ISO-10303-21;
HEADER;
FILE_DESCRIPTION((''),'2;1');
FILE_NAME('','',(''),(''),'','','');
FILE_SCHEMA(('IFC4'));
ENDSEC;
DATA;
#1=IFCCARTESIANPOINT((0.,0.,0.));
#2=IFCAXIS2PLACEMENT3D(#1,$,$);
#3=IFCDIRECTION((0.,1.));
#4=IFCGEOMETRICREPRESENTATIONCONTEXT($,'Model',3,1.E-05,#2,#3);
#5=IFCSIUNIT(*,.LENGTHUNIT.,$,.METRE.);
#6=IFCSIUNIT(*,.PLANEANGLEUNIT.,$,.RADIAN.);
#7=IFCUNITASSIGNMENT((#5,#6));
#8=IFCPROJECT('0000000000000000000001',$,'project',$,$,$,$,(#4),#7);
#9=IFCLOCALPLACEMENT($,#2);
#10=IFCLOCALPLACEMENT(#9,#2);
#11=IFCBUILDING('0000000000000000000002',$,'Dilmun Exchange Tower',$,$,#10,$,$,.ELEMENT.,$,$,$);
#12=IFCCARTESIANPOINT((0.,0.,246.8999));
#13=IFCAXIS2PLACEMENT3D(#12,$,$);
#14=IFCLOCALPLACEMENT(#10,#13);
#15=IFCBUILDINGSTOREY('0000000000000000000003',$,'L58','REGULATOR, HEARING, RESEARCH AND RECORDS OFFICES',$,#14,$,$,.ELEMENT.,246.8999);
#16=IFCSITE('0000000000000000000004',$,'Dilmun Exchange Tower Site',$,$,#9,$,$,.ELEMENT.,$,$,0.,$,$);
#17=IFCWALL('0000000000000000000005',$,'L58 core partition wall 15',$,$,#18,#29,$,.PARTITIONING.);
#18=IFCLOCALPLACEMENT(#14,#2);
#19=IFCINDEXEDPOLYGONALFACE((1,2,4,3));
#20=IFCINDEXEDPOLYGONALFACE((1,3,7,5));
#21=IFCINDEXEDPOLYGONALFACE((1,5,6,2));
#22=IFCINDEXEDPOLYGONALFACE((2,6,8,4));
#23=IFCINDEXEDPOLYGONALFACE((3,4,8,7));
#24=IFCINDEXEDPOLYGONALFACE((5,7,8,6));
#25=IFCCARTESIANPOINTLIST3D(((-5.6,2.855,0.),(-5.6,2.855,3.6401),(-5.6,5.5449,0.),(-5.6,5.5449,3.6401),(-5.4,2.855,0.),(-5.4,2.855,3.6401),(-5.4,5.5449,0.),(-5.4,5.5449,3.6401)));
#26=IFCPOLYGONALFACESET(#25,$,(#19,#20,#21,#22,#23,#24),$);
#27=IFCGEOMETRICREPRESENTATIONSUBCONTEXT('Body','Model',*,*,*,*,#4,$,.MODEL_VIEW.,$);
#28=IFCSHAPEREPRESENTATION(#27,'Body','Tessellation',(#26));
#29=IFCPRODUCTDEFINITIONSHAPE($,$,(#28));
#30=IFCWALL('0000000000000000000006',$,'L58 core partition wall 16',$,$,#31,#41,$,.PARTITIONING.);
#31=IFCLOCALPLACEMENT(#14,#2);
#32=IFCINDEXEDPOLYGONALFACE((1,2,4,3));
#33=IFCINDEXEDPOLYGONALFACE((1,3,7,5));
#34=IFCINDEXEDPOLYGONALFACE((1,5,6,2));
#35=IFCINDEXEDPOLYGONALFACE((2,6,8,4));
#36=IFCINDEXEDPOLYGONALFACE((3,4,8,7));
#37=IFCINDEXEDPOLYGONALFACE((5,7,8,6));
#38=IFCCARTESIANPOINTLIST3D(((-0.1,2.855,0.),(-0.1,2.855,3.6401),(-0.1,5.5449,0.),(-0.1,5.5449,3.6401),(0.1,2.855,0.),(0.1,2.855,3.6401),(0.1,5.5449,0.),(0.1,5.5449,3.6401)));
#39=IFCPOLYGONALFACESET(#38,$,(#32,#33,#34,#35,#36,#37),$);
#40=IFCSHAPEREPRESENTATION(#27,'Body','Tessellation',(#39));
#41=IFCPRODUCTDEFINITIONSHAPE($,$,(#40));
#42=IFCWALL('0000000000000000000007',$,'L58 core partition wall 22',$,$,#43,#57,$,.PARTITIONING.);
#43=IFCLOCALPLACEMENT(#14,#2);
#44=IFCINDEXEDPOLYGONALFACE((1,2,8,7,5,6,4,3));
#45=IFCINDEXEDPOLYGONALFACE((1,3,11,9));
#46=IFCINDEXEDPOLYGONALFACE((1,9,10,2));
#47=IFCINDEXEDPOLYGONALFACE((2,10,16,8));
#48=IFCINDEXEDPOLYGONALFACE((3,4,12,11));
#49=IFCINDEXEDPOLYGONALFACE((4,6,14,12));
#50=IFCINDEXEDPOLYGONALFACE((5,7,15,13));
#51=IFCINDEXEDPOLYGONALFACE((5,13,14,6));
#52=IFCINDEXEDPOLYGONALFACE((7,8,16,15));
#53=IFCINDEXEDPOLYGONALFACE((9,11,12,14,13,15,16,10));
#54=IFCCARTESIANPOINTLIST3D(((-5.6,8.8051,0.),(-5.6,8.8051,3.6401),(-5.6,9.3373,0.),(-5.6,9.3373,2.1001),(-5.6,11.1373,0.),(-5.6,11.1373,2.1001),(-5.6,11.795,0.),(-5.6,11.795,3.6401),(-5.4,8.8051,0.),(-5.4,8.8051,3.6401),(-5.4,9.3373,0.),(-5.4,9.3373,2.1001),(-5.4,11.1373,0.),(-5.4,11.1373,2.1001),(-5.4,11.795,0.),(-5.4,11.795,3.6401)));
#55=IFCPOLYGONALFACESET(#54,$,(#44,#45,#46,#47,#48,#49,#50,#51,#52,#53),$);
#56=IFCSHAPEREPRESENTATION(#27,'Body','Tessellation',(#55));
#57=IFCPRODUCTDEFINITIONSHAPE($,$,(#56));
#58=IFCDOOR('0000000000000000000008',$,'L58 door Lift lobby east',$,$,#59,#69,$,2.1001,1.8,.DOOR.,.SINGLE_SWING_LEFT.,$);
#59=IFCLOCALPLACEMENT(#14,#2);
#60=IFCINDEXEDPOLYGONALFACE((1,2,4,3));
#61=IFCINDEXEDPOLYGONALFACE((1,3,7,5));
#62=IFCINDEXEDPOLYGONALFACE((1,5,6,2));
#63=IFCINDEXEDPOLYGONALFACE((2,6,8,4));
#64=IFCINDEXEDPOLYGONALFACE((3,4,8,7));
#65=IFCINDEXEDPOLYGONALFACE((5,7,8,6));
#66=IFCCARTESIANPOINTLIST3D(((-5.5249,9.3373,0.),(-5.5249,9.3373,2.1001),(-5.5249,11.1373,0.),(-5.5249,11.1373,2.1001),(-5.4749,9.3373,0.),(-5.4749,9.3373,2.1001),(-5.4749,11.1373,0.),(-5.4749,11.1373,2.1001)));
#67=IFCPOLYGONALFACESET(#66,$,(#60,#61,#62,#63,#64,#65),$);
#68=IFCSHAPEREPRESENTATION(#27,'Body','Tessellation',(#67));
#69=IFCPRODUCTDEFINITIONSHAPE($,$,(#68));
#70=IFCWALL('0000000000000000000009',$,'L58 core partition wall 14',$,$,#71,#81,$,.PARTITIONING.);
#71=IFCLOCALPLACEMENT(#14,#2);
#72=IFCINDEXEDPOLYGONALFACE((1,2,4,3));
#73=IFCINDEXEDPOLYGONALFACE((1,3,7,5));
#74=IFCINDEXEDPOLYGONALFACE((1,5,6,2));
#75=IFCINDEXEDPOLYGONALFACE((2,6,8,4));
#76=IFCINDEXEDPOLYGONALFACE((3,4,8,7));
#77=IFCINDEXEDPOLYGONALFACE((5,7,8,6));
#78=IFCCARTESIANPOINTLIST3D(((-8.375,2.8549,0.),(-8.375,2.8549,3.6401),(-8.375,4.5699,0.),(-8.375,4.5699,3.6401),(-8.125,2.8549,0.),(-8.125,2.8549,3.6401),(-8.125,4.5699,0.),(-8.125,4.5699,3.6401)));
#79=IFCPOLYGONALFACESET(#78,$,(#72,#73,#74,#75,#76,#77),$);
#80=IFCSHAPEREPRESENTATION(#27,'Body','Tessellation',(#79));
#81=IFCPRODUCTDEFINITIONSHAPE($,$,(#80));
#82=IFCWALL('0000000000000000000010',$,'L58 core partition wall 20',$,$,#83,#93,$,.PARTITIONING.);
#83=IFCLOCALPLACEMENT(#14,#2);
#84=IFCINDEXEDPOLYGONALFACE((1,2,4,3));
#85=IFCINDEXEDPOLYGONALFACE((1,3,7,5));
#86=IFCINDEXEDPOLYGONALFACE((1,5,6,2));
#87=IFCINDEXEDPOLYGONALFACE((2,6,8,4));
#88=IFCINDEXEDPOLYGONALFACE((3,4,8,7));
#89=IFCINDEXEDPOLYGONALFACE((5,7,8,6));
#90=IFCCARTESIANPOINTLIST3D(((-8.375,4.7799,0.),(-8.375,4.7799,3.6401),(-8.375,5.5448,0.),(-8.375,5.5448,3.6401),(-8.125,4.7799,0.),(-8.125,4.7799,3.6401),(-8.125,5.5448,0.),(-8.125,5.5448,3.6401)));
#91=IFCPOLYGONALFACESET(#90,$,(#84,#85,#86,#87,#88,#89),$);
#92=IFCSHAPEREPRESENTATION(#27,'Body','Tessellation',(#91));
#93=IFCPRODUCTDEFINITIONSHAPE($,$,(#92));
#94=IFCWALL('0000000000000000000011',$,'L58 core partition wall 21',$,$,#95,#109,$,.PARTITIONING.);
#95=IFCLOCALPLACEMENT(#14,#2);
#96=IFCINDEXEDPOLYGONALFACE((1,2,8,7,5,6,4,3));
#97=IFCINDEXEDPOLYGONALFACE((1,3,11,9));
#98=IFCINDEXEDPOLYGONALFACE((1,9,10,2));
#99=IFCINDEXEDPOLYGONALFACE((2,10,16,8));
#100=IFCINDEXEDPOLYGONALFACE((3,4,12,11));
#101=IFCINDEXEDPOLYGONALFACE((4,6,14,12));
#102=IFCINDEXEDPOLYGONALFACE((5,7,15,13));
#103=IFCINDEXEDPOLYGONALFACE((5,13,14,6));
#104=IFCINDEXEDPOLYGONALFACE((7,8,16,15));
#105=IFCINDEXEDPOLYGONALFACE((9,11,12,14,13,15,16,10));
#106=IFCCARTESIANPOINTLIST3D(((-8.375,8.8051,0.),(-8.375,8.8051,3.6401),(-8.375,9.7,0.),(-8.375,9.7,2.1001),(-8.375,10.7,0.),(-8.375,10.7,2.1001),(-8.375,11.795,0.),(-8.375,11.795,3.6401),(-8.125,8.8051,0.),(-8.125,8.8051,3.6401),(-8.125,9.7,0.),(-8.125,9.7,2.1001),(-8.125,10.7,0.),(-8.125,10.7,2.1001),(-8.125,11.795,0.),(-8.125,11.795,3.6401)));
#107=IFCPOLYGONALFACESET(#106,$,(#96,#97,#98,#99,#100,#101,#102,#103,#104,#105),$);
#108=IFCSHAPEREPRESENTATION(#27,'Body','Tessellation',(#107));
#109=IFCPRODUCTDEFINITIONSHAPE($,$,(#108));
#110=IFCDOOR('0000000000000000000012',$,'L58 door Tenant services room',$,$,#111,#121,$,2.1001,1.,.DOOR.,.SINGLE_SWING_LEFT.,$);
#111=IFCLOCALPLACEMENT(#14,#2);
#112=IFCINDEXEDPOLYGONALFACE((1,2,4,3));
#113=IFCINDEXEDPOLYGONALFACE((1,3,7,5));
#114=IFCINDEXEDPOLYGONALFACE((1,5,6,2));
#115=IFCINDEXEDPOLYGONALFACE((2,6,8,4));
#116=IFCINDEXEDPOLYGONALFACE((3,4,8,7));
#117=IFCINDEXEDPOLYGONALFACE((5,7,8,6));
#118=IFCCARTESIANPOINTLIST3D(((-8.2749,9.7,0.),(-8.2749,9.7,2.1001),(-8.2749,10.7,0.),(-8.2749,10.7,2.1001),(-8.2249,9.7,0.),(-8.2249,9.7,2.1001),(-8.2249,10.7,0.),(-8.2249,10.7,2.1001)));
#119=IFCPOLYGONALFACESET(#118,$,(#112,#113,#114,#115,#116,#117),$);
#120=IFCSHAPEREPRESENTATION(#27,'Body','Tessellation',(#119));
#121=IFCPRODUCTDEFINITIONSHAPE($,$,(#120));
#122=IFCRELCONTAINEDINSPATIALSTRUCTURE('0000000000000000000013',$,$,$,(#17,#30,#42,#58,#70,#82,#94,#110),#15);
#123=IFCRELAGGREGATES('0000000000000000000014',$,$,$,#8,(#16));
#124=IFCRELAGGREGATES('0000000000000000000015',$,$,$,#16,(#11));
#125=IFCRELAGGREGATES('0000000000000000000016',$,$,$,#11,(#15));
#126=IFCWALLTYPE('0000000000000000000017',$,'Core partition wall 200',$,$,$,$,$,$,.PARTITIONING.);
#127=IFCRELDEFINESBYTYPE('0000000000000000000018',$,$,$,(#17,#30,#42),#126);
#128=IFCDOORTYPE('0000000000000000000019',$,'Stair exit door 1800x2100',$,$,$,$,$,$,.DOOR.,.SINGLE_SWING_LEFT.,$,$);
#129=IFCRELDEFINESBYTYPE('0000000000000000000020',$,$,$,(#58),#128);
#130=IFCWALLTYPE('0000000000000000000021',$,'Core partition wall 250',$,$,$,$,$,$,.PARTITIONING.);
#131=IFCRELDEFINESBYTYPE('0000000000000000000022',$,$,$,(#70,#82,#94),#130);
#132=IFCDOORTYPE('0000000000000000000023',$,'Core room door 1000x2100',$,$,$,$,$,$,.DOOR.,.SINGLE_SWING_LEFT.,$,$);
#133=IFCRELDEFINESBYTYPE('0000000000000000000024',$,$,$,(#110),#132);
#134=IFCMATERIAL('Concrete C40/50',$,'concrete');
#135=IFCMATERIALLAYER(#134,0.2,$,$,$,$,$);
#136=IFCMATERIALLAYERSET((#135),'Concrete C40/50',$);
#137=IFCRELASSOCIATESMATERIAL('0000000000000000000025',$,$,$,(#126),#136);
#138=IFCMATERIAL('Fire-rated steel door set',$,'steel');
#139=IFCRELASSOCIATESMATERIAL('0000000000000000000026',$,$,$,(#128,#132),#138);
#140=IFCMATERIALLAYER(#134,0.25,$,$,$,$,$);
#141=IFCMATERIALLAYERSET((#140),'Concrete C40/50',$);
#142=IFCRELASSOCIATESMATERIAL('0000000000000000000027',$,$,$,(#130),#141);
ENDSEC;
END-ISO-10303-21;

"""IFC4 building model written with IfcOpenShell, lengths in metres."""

from ifc_helpers import new_model, si_unit, direction, frame, frame_2d, origin, place, context, subcontext, project, spatial, rectangle, extrude, material, layer, layer_set, type_object, element, fill, save


model = new_model("IFC4")

# Units and contexts
model_context = context("Model", 3, precision=1e-05, world=origin(), true_north=direction((0.0, 1.0)))
body_context = subcontext(model_context, "Body", "Model", "MODEL_VIEW")
ifc_project = project(units=[si_unit("LENGTHUNIT", "METRE"), si_unit("PLANEANGLEUNIT", "RADIAN")], contexts=[model_context])

# Site, building, storey
site_placement = place(None, origin())
site = spatial("IfcSite", under=ifc_project, at=site_placement, Name="Dilmun Exchange Tower Site", CompositionType="ELEMENT", RefElevation=0.0)
building_placement = place(site_placement, origin())
building = spatial("IfcBuilding", under=site, at=building_placement, Name="Dilmun Exchange Tower", CompositionType="ELEMENT")
storey_placement = place(building_placement, frame((0.0, 0.0, 246.8999)))
storey = spatial("IfcBuildingStorey", under=building, at=storey_placement, Name="L58", Description="REGULATOR, HEARING, RESEARCH AND RECORDS OFFICES", CompositionType="ELEMENT", Elevation=246.8999)

# Walls
ifc_material_1 = material(Name="Concrete C40/50", Category="concrete")
ifc_layer_1 = layer(ifc_material_1, 0.2)
ifc_layer_set_1 = layer_set([ifc_layer_1], Name="Concrete C40/50")
wall_type_1 = type_object("IfcWallType", Name="Core partition wall 200", PredefinedType="PARTITIONING", material=ifc_layer_set_1)
for number, where, z_axis, x_axis, name in (
    (1, (-5.5, 2.855, 0.0), (0.0, 0.0, 1.0), (0.0, 1.0, 0.0), "L58 core partition wall 15"),
    (2, (0.0, 2.855, 0.0), (0.0, 0.0, 1.0), (0.0, 1.0, 0.0), "L58 core partition wall 16"),
):
    element("IfcWall", number, at=place(storey_placement, frame(where, z_axis=z_axis, x_axis=x_axis)), inside=storey, type_object=wall_type_1, Name=name, PredefinedType="PARTITIONING", context=body_context, shape_type="SweptSolid", body=[
        extrude(rectangle(XDim=2.6899, YDim=0.2, at=frame_2d((1.345, 0.0))), origin(), (0.0, 0.0, 1.0), 3.6401),
    ])

# Wall, opening, door
wall_1_placement = place(storey_placement, frame((-5.5, 8.8049, 0.0), z_axis=(0.0, 0.0, 1.0), x_axis=(0.0, 1.0, 0.0)))
wall_1 = element("IfcWall", 3, at=wall_1_placement, inside=storey, type_object=wall_type_1, Name="L58 core partition wall 22", PredefinedType="PARTITIONING", context=body_context, shape_type="SweptSolid", body=[
    extrude(rectangle(XDim=2.99, YDim=0.2, at=frame_2d((1.4951, 0.0))), origin(), (0.0, 0.0, 1.0), 3.6401),
])
opening_1_placement = place(wall_1_placement, frame((0.5325, 0.0, 0.0)))
opening_1 = element("IfcOpeningElement", 4, at=opening_1_placement, cuts=wall_1, PredefinedType="OPENING", context=body_context, shape_type="SweptSolid", body=[
    extrude(rectangle(XDim=1.8, YDim=2.1001, at=frame_2d((0.8999, 1.05))), frame((0.0, 0.1099, 0.0), z_axis=(0.0, -1.0, 0.0), x_axis=(1.0, 0.0, 0.0)), (0.0, 0.0, 1.0), 0.22),
])
ifc_material_2 = material(Name="Fire-rated steel door set", Category="steel")
door_type_1 = type_object("IfcDoorType", Name="Stair exit door 1800x2100", OperationType="SINGLE_SWING_LEFT", PredefinedType="DOOR", material=ifc_material_2)
door_1_placement = place(opening_1_placement, origin())
door_1 = element("IfcDoor", 5, at=door_1_placement, inside=storey, type_object=door_type_1, Name="L58 door Lift lobby east", OperationType="SINGLE_SWING_LEFT", OverallHeight=2.1001, OverallWidth=1.8, PredefinedType="DOOR", context=body_context, shape_type="SweptSolid", body=[
    extrude(rectangle(XDim=1.8, YDim=2.1001, at=frame_2d((0.8999, 1.05))), frame((0.0, 0.0249, 0.0), z_axis=(0.0, -1.0, 0.0), x_axis=(1.0, 0.0, 0.0)), (0.0, 0.0, 1.0), 0.05),
])
fill(opening_1, door_1)

# Walls
ifc_layer_2 = layer(ifc_material_1, 0.25)
ifc_layer_set_2 = layer_set([ifc_layer_2], Name="Concrete C40/50")
wall_type_2 = type_object("IfcWallType", Name="Core partition wall 250", PredefinedType="PARTITIONING", material=ifc_layer_set_2)
wall_2_placement = place(storey_placement, frame((-8.25, 2.855, 0.0), z_axis=(0.0, 0.0, 1.0), x_axis=(0.0, 1.0, 0.0)))
element("IfcWall", 6, at=wall_2_placement, inside=storey, type_object=wall_type_2, Name="L58 core partition wall 14", PredefinedType="PARTITIONING", context=body_context, shape_type="SweptSolid", body=[
    extrude(rectangle(XDim=1.7151, YDim=0.25, at=frame_2d((0.8574, 0.0))), origin(), (0.0, 0.0, 1.0), 3.6401),
])
wall_3_placement = place(storey_placement, frame((-8.25, 4.78, 0.0), z_axis=(0.0, 0.0, 1.0), x_axis=(0.0, 1.0, 0.0)))
element("IfcWall", 7, at=wall_3_placement, inside=storey, type_object=wall_type_2, Name="L58 core partition wall 20", PredefinedType="PARTITIONING", context=body_context, shape_type="SweptSolid", body=[
    extrude(rectangle(XDim=0.7649, YDim=0.25, at=frame_2d((0.3823, 0.0))), origin(), (0.0, 0.0, 1.0), 3.6401),
])

# Wall, opening, door
wall_4_placement = place(storey_placement, frame((-8.25, 8.8049, 0.0), z_axis=(0.0, 0.0, 1.0), x_axis=(0.0, 1.0, 0.0)))
wall_4 = element("IfcWall", 8, at=wall_4_placement, inside=storey, type_object=wall_type_2, Name="L58 core partition wall 21", PredefinedType="PARTITIONING", context=body_context, shape_type="SweptSolid", body=[
    extrude(rectangle(XDim=2.99, YDim=0.25, at=frame_2d((1.4951, 0.0))), origin(), (0.0, 0.0, 1.0), 3.6401),
])
opening_2_placement = place(wall_4_placement, frame((0.895, 0.0, 0.0)))
opening_2 = element("IfcOpeningElement", 9, at=opening_2_placement, cuts=wall_4, PredefinedType="OPENING", context=body_context, shape_type="SweptSolid", body=[
    extrude(rectangle(XDim=1.0, YDim=2.1001, at=frame_2d((0.5, 1.05))), frame((0.0, 0.135, 0.0), z_axis=(0.0, -1.0, 0.0), x_axis=(1.0, 0.0, 0.0)), (0.0, 0.0, 1.0), 0.27),
])
door_type_2 = type_object("IfcDoorType", Name="Core room door 1000x2100", OperationType="SINGLE_SWING_LEFT", PredefinedType="DOOR", material=ifc_material_2)
door_2_placement = place(opening_2_placement, origin())
door_2 = element("IfcDoor", 10, at=door_2_placement, inside=storey, type_object=door_type_2, Name="L58 door Tenant services room", OperationType="SINGLE_SWING_LEFT", OverallHeight=2.1001, OverallWidth=1.0, PredefinedType="DOOR", context=body_context, shape_type="SweptSolid", body=[
    extrude(rectangle(XDim=1.0, YDim=2.1001, at=frame_2d((0.5, 1.05))), frame((0.0, 0.0249, 0.0), z_axis=(0.0, -1.0, 0.0), x_axis=(1.0, 0.0, 0.0)), (0.0, 0.0, 1.0), 0.05),
])
fill(opening_2, door_2)

save(model, "model.ifc")
